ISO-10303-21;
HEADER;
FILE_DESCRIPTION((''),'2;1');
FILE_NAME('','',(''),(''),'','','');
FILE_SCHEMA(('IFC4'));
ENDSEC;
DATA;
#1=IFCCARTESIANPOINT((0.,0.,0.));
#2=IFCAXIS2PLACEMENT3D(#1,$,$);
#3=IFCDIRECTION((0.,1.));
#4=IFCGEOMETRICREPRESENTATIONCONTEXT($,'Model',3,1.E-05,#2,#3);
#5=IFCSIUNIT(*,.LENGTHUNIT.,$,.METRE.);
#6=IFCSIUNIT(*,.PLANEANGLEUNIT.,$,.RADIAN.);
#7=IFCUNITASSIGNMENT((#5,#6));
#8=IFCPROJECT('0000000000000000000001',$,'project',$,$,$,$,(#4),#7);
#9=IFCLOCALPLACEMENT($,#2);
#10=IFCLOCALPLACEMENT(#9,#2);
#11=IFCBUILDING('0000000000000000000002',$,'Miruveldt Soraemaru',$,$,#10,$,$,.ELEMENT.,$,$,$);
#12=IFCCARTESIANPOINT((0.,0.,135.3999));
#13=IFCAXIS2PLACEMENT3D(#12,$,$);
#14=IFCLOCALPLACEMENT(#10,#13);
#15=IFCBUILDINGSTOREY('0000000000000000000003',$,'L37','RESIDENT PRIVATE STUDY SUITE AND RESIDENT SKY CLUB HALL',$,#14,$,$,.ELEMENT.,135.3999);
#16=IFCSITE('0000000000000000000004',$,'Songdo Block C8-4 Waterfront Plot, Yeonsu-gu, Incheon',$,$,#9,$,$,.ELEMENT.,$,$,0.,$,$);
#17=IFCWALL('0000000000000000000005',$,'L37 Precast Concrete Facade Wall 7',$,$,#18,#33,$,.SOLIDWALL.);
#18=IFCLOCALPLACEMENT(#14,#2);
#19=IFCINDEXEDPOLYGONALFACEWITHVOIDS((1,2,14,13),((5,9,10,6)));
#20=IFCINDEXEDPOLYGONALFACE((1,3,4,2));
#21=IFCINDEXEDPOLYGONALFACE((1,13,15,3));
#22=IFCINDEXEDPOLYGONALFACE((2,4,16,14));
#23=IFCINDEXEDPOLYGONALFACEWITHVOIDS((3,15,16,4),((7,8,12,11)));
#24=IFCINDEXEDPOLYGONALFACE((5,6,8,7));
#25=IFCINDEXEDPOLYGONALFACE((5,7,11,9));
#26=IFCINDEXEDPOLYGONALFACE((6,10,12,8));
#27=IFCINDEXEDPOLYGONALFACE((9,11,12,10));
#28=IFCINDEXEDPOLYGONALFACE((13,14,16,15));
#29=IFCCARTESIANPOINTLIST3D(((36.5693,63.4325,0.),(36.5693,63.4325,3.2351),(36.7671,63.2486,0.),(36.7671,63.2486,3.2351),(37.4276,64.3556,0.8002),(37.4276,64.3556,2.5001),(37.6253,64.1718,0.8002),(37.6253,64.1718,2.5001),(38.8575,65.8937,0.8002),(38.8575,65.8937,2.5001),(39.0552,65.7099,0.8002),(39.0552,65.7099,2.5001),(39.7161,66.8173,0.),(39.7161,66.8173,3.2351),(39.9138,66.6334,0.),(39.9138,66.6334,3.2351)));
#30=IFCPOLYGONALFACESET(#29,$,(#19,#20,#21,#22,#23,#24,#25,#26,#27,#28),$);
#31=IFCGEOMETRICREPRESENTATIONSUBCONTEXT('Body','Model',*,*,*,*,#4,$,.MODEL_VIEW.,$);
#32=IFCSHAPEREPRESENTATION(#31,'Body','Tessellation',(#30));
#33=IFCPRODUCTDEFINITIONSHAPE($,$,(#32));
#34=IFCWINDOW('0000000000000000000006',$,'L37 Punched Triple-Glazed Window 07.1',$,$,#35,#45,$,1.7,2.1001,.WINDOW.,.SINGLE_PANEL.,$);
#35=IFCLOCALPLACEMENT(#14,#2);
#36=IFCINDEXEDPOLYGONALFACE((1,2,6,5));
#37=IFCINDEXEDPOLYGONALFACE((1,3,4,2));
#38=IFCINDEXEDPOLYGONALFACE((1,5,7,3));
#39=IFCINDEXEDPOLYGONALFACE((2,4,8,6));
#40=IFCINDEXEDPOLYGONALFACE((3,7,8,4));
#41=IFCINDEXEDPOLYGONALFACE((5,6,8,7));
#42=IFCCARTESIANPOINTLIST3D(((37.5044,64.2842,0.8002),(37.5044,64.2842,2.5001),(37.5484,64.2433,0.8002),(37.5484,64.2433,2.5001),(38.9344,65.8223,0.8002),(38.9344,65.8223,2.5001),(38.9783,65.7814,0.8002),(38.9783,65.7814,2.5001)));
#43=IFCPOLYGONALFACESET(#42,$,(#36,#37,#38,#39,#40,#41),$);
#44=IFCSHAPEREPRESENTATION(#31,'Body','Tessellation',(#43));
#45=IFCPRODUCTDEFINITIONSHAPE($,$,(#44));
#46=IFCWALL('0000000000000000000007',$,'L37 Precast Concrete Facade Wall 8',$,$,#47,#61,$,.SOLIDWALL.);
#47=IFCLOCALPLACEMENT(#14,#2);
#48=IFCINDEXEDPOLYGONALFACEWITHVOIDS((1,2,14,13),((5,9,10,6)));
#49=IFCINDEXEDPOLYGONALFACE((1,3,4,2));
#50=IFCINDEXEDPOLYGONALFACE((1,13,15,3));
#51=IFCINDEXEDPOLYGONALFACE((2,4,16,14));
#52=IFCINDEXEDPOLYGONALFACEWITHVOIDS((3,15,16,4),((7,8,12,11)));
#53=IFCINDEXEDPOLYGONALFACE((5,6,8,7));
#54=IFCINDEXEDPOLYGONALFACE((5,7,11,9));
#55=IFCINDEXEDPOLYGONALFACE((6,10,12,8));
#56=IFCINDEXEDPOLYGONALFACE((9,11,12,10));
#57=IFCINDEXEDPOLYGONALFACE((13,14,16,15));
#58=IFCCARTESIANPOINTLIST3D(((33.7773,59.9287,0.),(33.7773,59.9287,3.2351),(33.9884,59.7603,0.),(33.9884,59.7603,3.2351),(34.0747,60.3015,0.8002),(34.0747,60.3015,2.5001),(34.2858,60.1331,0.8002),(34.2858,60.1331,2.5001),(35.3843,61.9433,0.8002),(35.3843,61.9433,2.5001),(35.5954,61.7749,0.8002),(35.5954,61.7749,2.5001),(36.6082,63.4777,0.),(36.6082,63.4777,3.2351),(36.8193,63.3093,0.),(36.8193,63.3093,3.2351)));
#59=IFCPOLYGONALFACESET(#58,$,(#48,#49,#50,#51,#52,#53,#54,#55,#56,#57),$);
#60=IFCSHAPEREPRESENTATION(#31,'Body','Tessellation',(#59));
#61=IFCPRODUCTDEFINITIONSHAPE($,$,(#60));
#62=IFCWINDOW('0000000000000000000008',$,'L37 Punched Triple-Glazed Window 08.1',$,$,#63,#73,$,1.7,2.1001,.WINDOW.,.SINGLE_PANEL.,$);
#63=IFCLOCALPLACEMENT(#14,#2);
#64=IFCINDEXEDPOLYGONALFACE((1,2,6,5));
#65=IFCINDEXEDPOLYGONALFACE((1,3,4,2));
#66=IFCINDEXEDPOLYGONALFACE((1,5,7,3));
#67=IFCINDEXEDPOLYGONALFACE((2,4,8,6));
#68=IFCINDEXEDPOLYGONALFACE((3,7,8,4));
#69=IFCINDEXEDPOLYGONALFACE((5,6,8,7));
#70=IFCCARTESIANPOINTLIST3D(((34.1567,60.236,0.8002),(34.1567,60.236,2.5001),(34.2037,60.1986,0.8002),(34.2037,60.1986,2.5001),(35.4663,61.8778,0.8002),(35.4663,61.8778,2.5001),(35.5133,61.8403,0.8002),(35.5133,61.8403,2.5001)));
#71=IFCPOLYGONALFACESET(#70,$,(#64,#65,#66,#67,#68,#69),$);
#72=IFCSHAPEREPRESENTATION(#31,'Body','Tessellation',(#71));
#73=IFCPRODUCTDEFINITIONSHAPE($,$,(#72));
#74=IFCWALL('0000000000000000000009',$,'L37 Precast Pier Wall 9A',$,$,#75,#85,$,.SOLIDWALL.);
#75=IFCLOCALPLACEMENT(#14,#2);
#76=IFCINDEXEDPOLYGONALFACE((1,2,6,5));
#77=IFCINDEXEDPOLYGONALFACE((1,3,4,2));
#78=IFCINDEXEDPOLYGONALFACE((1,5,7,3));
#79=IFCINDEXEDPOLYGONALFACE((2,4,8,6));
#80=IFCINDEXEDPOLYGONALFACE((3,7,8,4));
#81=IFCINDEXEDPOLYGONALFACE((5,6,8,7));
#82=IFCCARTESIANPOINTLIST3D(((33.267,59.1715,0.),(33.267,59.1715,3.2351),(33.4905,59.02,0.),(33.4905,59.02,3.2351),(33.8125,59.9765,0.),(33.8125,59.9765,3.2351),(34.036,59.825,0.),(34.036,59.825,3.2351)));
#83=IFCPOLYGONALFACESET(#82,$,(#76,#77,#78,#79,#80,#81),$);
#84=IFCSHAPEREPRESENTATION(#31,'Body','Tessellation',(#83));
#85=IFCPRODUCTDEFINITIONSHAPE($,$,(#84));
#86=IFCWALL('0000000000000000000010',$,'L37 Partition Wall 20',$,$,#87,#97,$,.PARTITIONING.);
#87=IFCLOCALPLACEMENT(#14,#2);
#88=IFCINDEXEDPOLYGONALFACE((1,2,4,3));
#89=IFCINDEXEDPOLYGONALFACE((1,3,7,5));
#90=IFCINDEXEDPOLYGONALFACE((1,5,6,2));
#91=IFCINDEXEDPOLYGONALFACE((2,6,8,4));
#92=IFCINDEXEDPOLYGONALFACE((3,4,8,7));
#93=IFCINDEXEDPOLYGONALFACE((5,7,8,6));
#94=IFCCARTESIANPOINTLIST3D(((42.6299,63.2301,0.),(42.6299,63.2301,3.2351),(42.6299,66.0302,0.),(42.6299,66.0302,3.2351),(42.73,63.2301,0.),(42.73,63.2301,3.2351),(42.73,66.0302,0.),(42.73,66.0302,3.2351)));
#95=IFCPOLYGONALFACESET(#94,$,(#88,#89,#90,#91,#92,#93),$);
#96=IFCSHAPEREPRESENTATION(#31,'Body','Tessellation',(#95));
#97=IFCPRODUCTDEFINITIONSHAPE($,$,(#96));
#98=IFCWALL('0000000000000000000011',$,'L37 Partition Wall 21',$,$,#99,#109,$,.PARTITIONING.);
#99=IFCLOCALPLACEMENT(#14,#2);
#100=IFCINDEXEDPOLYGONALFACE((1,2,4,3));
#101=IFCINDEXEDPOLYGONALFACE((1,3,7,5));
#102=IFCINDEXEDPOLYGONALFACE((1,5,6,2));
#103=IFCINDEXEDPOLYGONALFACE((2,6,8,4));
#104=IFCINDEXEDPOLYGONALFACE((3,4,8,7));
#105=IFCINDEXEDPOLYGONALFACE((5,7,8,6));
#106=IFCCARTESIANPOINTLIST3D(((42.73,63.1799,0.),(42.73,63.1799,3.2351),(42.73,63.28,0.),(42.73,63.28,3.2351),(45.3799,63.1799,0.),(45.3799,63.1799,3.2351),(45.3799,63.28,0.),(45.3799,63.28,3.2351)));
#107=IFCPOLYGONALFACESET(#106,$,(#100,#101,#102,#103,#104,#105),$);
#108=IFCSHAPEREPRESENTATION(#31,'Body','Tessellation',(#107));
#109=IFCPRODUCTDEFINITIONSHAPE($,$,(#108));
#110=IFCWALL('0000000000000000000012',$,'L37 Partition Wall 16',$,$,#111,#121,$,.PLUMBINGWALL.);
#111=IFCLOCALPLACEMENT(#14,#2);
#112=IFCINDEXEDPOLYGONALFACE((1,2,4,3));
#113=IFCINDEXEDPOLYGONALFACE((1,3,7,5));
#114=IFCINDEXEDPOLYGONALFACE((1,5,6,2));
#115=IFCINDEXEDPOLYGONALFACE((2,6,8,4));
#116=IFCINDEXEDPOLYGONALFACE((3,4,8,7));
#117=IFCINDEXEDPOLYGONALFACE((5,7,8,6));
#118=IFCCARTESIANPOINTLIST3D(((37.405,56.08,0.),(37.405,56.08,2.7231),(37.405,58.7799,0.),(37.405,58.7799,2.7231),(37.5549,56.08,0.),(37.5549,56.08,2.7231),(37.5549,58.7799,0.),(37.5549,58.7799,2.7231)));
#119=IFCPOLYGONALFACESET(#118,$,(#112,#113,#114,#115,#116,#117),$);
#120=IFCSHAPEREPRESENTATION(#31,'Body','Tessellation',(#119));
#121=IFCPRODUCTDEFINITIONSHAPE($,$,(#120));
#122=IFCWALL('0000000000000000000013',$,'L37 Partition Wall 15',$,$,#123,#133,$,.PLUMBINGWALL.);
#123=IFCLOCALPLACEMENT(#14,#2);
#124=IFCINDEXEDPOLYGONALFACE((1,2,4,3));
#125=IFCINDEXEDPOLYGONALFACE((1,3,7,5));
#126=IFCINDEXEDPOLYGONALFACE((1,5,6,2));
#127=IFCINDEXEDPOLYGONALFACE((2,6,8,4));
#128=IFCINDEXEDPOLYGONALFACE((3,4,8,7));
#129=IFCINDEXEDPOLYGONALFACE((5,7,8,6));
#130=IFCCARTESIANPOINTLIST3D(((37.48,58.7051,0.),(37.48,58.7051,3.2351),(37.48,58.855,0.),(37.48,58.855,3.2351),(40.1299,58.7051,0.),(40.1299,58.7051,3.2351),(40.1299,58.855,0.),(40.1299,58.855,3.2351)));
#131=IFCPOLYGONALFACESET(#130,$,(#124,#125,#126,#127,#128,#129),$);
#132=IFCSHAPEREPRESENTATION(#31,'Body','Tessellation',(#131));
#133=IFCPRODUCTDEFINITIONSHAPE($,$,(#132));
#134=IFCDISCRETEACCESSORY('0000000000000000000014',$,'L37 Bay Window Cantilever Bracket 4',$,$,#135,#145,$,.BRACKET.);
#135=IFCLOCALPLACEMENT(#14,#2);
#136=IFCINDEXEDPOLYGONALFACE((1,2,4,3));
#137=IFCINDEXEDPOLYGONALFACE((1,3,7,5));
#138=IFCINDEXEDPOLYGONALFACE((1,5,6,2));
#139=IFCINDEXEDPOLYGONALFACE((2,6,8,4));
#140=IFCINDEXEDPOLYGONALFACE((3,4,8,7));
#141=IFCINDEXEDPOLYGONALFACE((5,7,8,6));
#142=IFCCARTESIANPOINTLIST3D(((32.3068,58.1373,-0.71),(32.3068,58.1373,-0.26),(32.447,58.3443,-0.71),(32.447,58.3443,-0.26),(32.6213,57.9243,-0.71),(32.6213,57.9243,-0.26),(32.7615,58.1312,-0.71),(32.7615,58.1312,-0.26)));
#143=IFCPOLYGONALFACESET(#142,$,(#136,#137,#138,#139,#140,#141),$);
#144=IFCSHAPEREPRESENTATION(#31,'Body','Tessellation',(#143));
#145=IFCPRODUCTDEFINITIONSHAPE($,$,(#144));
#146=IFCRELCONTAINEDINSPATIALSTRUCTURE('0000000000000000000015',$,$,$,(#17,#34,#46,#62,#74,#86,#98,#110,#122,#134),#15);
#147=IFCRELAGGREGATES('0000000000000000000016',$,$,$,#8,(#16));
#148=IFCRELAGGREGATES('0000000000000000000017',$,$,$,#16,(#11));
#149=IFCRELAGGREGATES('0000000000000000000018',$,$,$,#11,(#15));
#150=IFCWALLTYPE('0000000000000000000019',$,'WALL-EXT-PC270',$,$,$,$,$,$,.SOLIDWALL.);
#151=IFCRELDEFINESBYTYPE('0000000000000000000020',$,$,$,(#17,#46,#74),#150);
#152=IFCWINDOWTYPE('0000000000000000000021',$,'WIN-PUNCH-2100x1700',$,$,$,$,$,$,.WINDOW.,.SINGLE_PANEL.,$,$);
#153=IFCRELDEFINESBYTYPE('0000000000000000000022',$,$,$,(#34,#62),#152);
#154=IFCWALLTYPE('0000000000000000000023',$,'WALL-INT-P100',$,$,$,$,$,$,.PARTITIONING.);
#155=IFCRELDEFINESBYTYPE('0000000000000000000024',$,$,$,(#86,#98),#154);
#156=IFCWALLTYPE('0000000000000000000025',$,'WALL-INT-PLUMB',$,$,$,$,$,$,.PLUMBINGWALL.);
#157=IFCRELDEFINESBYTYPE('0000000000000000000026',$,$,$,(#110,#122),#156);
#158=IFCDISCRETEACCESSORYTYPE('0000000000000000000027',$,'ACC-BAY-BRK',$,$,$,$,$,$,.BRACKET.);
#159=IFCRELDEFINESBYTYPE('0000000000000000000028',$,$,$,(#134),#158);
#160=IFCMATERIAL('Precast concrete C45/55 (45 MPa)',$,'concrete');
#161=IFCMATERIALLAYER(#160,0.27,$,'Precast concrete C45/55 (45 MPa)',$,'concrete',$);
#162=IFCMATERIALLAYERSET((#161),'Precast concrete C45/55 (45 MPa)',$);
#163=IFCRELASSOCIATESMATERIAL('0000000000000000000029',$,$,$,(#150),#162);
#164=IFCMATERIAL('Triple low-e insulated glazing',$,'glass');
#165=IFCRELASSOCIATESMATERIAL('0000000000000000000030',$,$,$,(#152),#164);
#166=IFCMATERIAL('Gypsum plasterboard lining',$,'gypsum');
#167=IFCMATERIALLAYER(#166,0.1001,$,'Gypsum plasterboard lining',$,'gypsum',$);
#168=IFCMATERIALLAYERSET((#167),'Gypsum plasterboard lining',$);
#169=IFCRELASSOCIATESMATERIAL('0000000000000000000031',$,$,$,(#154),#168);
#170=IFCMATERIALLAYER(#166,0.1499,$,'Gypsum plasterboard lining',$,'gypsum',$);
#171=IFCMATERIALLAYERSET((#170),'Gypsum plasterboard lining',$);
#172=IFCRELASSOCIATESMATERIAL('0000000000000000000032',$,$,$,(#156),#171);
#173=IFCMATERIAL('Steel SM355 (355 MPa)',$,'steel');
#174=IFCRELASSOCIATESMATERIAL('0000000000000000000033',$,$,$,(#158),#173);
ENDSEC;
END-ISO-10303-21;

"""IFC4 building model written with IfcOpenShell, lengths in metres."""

from ifc_helpers import new_model, si_unit, direction, frame, frame_2d, origin, origin_2d, place, context, subcontext, project, spatial, rectangle, extrude, material, layer, layer_set, type_object, element, fill, save


model = new_model("IFC4")

# Units and contexts
model_context = context("Model", 3, precision=1e-05, world=origin(), true_north=direction((0.0, 1.0)))
body_context = subcontext(model_context, "Body", "Model", "MODEL_VIEW")
ifc_project = project(units=[si_unit("LENGTHUNIT", "METRE"), si_unit("PLANEANGLEUNIT", "RADIAN")], contexts=[model_context])

# Site, building, storey
site_placement = place(None, origin())
site = spatial("IfcSite", under=ifc_project, at=site_placement, Name="Songdo Block C8-4 Waterfront Plot, Yeonsu-gu, Incheon", CompositionType="ELEMENT", RefElevation=0.0)
building_placement = place(site_placement, origin())
building = spatial("IfcBuilding", under=site, at=building_placement, Name="Miruveldt Soraemaru", CompositionType="ELEMENT")
storey_placement = place(building_placement, frame((0.0, 0.0, 135.3999)))
storey = spatial("IfcBuildingStorey", under=building, at=storey_placement, Name="L37", Description="RESIDENT PRIVATE STUDY SUITE AND RESIDENT SKY CLUB HALL", CompositionType="ELEMENT", Elevation=135.3999)

# Shared definitions
ifc_material_1 = material(Name="Steel SM355 (355 MPa)", Category="steel")

# Walls, openings, windows
ifc_material_2 = material(Name="Triple low-e insulated glazing", Category="glass")
ifc_material_3 = material(Name="Precast concrete C45/55 (45 MPa)", Category="concrete")
ifc_layer_1 = layer(ifc_material_3, 0.27, Name="Precast concrete C45/55 (45 MPa)", Category="concrete")
ifc_layer_set_1 = layer_set([ifc_layer_1], Name="Precast concrete C45/55 (45 MPa)")
wall_type_1 = type_object("IfcWallType", Name="WALL-EXT-PC270", PredefinedType="SOLIDWALL", material=ifc_layer_set_1)
window_type_1 = type_object("IfcWindowType", Name="WIN-PUNCH-2100x1700", PartitioningType="SINGLE_PANEL", PredefinedType="WINDOW", material=ifc_material_2)
wall_1_placement = place(storey_placement, frame((39.8149, 66.7253, 0.0), z_axis=(0.0, 0.0, 1.0), x_axis=(-0.680885, -0.732391, 0.0)))
wall_1 = element("IfcWall", 1, at=wall_1_placement, inside=storey, type_object=wall_type_1, Name="L37 Precast Concrete Facade Wall 7", PredefinedType="SOLIDWALL", context=body_context, shape_type="SweptSolid", body=[
    extrude(rectangle(XDim=4.6216, YDim=0.27, at=frame_2d((2.3108, 0.0))), origin(), (0.0, 0.0, 1.0), 3.2351),
])
opening_1_placement = place(wall_1_placement, frame((1.261, 0.0, 0.8)))
opening_1 = element("IfcOpeningElement", 2, at=opening_1_placement, cuts=wall_1, PredefinedType="OPENING", context=body_context, shape_type="SweptSolid", body=[
    extrude(rectangle(XDim=2.1001, YDim=1.7, at=frame_2d((1.05, 0.8501))), frame((0.0, 0.145, 0.0), z_axis=(0.0, -1.0, 0.0), x_axis=(1.0, 0.0, 0.0)), (0.0, 0.0, 1.0), 0.29),
])
window_1_placement = place(opening_1_placement, origin())
window_1 = element("IfcWindow", 3, at=window_1_placement, inside=storey, type_object=window_type_1, Name="L37 Punched Triple-Glazed Window 07.1", OverallHeight=1.7, OverallWidth=2.1001, PartitioningType="SINGLE_PANEL", PredefinedType="WINDOW", context=body_context, shape_type="SweptSolid", body=[
    extrude(rectangle(XDim=2.1001, YDim=1.7, at=frame_2d((1.05, 0.8501))), frame((0.0, 0.03, 0.0), z_axis=(0.0, -1.0, 0.0), x_axis=(1.0, 0.0, 0.0)), (0.0, 0.0, 1.0), 0.0601),
])
fill(opening_1, window_1)
wall_2_placement = place(storey_placement, frame((36.7139, 63.3936, 0.0), z_axis=(0.0, 0.0, 1.0), x_axis=(-0.623593, -0.781749, 0.0)))
wall_2 = element("IfcWall", 4, at=wall_2_placement, inside=storey, type_object=wall_type_1, Name="L37 Precast Concrete Facade Wall 8", PredefinedType="SOLIDWALL", context=body_context, shape_type="SweptSolid", body=[
    extrude(rectangle(XDim=4.5398, YDim=0.27, at=frame_2d((2.27, 0.0))), origin(), (0.0, 0.0, 1.0), 3.2351),
])
opening_2_placement = place(wall_2_placement, frame((1.9629, 0.0, 0.8)))
opening_2 = element("IfcOpeningElement", 5, at=opening_2_placement, cuts=wall_2, PredefinedType="OPENING", context=body_context, shape_type="SweptSolid", body=[
    extrude(rectangle(XDim=2.1001, YDim=1.7, at=frame_2d((1.05, 0.8501))), frame((0.0, 0.145, 0.0), z_axis=(0.0, -1.0, 0.0), x_axis=(1.0, 0.0, 0.0)), (0.0, 0.0, 1.0), 0.29),
])
window_2_placement = place(opening_2_placement, origin())
window_2 = element("IfcWindow", 6, at=window_2_placement, inside=storey, type_object=window_type_1, Name="L37 Punched Triple-Glazed Window 08.1", OverallHeight=1.7, OverallWidth=2.1001, PartitioningType="SINGLE_PANEL", PredefinedType="WINDOW", context=body_context, shape_type="SweptSolid", body=[
    extrude(rectangle(XDim=2.1001, YDim=1.7, at=frame_2d((1.05, 0.8501))), frame((0.0, 0.03, 0.0), z_axis=(0.0, -1.0, 0.0), x_axis=(1.0, 0.0, 0.0)), (0.0, 0.0, 1.0), 0.0601),
])
fill(opening_2, window_2)

# Walls
wall_3_placement = place(storey_placement, frame((33.9243, 59.9009, 0.0), z_axis=(0.0, 0.0, 1.0), x_axis=(-0.560943, -0.827855, 0.0)))
element("IfcWall", 7, at=wall_3_placement, inside=storey, type_object=wall_type_1, Name="L37 Precast Pier Wall 9A", PredefinedType="SOLIDWALL", context=body_context, shape_type="SweptSolid", body=[
    extrude(rectangle(XDim=0.9724, YDim=0.27, at=frame_2d((0.4863, 0.0))), origin(), (0.0, 0.0, 1.0), 3.2351),
])
ifc_material_4 = material(Name="Gypsum plasterboard lining", Category="gypsum")
ifc_layer_2 = layer(ifc_material_4, 0.1001, Name="Gypsum plasterboard lining", Category="gypsum")
ifc_layer_set_2 = layer_set([ifc_layer_2], Name="Gypsum plasterboard lining")
wall_type_2 = type_object("IfcWallType", Name="WALL-INT-P100", PredefinedType="PARTITIONING", material=ifc_layer_set_2)
wall_4_placement = place(storey_placement, frame((42.6799, 66.03, 0.0), z_axis=(0.0, 0.0, 1.0), x_axis=(0.0, -1.0, 0.0)))
element("IfcWall", 8, at=wall_4_placement, inside=storey, type_object=wall_type_2, Name="L37 Partition Wall 20", PredefinedType="PARTITIONING", context=body_context, shape_type="SweptSolid", body=[
    extrude(rectangle(XDim=2.8, YDim=0.1001, at=frame_2d((1.3999, 0.0))), origin(), (0.0, 0.0, 1.0), 3.2351),
])
wall_5_placement = place(storey_placement, frame((42.73, 63.23, 0.0), z_axis=(0.0, 0.0, 1.0), x_axis=(1.0, 0.0, 0.0)))
element("IfcWall", 9, at=wall_5_placement, inside=storey, type_object=wall_type_2, Name="L37 Partition Wall 21", PredefinedType="PARTITIONING", context=body_context, shape_type="SweptSolid", body=[
    extrude(rectangle(XDim=2.6499, YDim=0.1001, at=frame_2d((1.325, 0.0))), origin(), (0.0, 0.0, 1.0), 3.2351),
])
ifc_layer_3 = layer(ifc_material_4, 0.1499, Name="Gypsum plasterboard lining", Category="gypsum")
ifc_layer_set_3 = layer_set([ifc_layer_3], Name="Gypsum plasterboard lining")
wall_type_3 = type_object("IfcWallType", Name="WALL-INT-PLUMB", PredefinedType="PLUMBINGWALL", material=ifc_layer_set_3)
wall_6_placement = place(storey_placement, frame((37.48, 58.78, 0.0), z_axis=(0.0, 0.0, 1.0), x_axis=(0.0, -1.0, 0.0)))
element("IfcWall", 10, at=wall_6_placement, inside=storey, type_object=wall_type_3, Name="L37 Partition Wall 16", PredefinedType="PLUMBINGWALL", context=body_context, shape_type="SweptSolid", body=[
    extrude(rectangle(XDim=2.7, YDim=0.1499, at=frame_2d((1.3501, 0.0))), origin(), (0.0, 0.0, 1.0), 2.7231),
])
wall_7_placement = place(storey_placement, frame((40.1299, 58.78, 0.0), z_axis=(0.0, 0.0, 1.0), x_axis=(-1.0, 0.0, 0.0)))
element("IfcWall", 11, at=wall_7_placement, inside=storey, type_object=wall_type_3, Name="L37 Partition Wall 15", PredefinedType="PLUMBINGWALL", context=body_context, shape_type="SweptSolid", body=[
    extrude(rectangle(XDim=2.6499, YDim=0.1499, at=frame_2d((1.325, 0.0))), origin(), (0.0, 0.0, 1.0), 3.2351),
])

# Discrete accessory
discrete_accessory_type = type_object("IfcDiscreteAccessoryType", Name="ACC-BAY-BRK", PredefinedType="BRACKET", material=ifc_material_1)
discrete_accessory_placement = place(storey_placement, frame((32.5342, 58.1343, -0.71), z_axis=(0.0, 0.0, 1.0), x_axis=(-0.827933, 0.560827, 0.0)))
element("IfcDiscreteAccessory", 12, at=discrete_accessory_placement, inside=storey, type_object=discrete_accessory_type, Name="L37 Bay Window Cantilever Bracket 4", PredefinedType="BRACKET", context=body_context, shape_type="SweptSolid", body=[
    extrude(rectangle(XDim=0.3799, YDim=0.25, at=origin_2d()), origin(), (0.0, 0.0, 1.0), 0.45),
])

save(model, "model.ifc")
